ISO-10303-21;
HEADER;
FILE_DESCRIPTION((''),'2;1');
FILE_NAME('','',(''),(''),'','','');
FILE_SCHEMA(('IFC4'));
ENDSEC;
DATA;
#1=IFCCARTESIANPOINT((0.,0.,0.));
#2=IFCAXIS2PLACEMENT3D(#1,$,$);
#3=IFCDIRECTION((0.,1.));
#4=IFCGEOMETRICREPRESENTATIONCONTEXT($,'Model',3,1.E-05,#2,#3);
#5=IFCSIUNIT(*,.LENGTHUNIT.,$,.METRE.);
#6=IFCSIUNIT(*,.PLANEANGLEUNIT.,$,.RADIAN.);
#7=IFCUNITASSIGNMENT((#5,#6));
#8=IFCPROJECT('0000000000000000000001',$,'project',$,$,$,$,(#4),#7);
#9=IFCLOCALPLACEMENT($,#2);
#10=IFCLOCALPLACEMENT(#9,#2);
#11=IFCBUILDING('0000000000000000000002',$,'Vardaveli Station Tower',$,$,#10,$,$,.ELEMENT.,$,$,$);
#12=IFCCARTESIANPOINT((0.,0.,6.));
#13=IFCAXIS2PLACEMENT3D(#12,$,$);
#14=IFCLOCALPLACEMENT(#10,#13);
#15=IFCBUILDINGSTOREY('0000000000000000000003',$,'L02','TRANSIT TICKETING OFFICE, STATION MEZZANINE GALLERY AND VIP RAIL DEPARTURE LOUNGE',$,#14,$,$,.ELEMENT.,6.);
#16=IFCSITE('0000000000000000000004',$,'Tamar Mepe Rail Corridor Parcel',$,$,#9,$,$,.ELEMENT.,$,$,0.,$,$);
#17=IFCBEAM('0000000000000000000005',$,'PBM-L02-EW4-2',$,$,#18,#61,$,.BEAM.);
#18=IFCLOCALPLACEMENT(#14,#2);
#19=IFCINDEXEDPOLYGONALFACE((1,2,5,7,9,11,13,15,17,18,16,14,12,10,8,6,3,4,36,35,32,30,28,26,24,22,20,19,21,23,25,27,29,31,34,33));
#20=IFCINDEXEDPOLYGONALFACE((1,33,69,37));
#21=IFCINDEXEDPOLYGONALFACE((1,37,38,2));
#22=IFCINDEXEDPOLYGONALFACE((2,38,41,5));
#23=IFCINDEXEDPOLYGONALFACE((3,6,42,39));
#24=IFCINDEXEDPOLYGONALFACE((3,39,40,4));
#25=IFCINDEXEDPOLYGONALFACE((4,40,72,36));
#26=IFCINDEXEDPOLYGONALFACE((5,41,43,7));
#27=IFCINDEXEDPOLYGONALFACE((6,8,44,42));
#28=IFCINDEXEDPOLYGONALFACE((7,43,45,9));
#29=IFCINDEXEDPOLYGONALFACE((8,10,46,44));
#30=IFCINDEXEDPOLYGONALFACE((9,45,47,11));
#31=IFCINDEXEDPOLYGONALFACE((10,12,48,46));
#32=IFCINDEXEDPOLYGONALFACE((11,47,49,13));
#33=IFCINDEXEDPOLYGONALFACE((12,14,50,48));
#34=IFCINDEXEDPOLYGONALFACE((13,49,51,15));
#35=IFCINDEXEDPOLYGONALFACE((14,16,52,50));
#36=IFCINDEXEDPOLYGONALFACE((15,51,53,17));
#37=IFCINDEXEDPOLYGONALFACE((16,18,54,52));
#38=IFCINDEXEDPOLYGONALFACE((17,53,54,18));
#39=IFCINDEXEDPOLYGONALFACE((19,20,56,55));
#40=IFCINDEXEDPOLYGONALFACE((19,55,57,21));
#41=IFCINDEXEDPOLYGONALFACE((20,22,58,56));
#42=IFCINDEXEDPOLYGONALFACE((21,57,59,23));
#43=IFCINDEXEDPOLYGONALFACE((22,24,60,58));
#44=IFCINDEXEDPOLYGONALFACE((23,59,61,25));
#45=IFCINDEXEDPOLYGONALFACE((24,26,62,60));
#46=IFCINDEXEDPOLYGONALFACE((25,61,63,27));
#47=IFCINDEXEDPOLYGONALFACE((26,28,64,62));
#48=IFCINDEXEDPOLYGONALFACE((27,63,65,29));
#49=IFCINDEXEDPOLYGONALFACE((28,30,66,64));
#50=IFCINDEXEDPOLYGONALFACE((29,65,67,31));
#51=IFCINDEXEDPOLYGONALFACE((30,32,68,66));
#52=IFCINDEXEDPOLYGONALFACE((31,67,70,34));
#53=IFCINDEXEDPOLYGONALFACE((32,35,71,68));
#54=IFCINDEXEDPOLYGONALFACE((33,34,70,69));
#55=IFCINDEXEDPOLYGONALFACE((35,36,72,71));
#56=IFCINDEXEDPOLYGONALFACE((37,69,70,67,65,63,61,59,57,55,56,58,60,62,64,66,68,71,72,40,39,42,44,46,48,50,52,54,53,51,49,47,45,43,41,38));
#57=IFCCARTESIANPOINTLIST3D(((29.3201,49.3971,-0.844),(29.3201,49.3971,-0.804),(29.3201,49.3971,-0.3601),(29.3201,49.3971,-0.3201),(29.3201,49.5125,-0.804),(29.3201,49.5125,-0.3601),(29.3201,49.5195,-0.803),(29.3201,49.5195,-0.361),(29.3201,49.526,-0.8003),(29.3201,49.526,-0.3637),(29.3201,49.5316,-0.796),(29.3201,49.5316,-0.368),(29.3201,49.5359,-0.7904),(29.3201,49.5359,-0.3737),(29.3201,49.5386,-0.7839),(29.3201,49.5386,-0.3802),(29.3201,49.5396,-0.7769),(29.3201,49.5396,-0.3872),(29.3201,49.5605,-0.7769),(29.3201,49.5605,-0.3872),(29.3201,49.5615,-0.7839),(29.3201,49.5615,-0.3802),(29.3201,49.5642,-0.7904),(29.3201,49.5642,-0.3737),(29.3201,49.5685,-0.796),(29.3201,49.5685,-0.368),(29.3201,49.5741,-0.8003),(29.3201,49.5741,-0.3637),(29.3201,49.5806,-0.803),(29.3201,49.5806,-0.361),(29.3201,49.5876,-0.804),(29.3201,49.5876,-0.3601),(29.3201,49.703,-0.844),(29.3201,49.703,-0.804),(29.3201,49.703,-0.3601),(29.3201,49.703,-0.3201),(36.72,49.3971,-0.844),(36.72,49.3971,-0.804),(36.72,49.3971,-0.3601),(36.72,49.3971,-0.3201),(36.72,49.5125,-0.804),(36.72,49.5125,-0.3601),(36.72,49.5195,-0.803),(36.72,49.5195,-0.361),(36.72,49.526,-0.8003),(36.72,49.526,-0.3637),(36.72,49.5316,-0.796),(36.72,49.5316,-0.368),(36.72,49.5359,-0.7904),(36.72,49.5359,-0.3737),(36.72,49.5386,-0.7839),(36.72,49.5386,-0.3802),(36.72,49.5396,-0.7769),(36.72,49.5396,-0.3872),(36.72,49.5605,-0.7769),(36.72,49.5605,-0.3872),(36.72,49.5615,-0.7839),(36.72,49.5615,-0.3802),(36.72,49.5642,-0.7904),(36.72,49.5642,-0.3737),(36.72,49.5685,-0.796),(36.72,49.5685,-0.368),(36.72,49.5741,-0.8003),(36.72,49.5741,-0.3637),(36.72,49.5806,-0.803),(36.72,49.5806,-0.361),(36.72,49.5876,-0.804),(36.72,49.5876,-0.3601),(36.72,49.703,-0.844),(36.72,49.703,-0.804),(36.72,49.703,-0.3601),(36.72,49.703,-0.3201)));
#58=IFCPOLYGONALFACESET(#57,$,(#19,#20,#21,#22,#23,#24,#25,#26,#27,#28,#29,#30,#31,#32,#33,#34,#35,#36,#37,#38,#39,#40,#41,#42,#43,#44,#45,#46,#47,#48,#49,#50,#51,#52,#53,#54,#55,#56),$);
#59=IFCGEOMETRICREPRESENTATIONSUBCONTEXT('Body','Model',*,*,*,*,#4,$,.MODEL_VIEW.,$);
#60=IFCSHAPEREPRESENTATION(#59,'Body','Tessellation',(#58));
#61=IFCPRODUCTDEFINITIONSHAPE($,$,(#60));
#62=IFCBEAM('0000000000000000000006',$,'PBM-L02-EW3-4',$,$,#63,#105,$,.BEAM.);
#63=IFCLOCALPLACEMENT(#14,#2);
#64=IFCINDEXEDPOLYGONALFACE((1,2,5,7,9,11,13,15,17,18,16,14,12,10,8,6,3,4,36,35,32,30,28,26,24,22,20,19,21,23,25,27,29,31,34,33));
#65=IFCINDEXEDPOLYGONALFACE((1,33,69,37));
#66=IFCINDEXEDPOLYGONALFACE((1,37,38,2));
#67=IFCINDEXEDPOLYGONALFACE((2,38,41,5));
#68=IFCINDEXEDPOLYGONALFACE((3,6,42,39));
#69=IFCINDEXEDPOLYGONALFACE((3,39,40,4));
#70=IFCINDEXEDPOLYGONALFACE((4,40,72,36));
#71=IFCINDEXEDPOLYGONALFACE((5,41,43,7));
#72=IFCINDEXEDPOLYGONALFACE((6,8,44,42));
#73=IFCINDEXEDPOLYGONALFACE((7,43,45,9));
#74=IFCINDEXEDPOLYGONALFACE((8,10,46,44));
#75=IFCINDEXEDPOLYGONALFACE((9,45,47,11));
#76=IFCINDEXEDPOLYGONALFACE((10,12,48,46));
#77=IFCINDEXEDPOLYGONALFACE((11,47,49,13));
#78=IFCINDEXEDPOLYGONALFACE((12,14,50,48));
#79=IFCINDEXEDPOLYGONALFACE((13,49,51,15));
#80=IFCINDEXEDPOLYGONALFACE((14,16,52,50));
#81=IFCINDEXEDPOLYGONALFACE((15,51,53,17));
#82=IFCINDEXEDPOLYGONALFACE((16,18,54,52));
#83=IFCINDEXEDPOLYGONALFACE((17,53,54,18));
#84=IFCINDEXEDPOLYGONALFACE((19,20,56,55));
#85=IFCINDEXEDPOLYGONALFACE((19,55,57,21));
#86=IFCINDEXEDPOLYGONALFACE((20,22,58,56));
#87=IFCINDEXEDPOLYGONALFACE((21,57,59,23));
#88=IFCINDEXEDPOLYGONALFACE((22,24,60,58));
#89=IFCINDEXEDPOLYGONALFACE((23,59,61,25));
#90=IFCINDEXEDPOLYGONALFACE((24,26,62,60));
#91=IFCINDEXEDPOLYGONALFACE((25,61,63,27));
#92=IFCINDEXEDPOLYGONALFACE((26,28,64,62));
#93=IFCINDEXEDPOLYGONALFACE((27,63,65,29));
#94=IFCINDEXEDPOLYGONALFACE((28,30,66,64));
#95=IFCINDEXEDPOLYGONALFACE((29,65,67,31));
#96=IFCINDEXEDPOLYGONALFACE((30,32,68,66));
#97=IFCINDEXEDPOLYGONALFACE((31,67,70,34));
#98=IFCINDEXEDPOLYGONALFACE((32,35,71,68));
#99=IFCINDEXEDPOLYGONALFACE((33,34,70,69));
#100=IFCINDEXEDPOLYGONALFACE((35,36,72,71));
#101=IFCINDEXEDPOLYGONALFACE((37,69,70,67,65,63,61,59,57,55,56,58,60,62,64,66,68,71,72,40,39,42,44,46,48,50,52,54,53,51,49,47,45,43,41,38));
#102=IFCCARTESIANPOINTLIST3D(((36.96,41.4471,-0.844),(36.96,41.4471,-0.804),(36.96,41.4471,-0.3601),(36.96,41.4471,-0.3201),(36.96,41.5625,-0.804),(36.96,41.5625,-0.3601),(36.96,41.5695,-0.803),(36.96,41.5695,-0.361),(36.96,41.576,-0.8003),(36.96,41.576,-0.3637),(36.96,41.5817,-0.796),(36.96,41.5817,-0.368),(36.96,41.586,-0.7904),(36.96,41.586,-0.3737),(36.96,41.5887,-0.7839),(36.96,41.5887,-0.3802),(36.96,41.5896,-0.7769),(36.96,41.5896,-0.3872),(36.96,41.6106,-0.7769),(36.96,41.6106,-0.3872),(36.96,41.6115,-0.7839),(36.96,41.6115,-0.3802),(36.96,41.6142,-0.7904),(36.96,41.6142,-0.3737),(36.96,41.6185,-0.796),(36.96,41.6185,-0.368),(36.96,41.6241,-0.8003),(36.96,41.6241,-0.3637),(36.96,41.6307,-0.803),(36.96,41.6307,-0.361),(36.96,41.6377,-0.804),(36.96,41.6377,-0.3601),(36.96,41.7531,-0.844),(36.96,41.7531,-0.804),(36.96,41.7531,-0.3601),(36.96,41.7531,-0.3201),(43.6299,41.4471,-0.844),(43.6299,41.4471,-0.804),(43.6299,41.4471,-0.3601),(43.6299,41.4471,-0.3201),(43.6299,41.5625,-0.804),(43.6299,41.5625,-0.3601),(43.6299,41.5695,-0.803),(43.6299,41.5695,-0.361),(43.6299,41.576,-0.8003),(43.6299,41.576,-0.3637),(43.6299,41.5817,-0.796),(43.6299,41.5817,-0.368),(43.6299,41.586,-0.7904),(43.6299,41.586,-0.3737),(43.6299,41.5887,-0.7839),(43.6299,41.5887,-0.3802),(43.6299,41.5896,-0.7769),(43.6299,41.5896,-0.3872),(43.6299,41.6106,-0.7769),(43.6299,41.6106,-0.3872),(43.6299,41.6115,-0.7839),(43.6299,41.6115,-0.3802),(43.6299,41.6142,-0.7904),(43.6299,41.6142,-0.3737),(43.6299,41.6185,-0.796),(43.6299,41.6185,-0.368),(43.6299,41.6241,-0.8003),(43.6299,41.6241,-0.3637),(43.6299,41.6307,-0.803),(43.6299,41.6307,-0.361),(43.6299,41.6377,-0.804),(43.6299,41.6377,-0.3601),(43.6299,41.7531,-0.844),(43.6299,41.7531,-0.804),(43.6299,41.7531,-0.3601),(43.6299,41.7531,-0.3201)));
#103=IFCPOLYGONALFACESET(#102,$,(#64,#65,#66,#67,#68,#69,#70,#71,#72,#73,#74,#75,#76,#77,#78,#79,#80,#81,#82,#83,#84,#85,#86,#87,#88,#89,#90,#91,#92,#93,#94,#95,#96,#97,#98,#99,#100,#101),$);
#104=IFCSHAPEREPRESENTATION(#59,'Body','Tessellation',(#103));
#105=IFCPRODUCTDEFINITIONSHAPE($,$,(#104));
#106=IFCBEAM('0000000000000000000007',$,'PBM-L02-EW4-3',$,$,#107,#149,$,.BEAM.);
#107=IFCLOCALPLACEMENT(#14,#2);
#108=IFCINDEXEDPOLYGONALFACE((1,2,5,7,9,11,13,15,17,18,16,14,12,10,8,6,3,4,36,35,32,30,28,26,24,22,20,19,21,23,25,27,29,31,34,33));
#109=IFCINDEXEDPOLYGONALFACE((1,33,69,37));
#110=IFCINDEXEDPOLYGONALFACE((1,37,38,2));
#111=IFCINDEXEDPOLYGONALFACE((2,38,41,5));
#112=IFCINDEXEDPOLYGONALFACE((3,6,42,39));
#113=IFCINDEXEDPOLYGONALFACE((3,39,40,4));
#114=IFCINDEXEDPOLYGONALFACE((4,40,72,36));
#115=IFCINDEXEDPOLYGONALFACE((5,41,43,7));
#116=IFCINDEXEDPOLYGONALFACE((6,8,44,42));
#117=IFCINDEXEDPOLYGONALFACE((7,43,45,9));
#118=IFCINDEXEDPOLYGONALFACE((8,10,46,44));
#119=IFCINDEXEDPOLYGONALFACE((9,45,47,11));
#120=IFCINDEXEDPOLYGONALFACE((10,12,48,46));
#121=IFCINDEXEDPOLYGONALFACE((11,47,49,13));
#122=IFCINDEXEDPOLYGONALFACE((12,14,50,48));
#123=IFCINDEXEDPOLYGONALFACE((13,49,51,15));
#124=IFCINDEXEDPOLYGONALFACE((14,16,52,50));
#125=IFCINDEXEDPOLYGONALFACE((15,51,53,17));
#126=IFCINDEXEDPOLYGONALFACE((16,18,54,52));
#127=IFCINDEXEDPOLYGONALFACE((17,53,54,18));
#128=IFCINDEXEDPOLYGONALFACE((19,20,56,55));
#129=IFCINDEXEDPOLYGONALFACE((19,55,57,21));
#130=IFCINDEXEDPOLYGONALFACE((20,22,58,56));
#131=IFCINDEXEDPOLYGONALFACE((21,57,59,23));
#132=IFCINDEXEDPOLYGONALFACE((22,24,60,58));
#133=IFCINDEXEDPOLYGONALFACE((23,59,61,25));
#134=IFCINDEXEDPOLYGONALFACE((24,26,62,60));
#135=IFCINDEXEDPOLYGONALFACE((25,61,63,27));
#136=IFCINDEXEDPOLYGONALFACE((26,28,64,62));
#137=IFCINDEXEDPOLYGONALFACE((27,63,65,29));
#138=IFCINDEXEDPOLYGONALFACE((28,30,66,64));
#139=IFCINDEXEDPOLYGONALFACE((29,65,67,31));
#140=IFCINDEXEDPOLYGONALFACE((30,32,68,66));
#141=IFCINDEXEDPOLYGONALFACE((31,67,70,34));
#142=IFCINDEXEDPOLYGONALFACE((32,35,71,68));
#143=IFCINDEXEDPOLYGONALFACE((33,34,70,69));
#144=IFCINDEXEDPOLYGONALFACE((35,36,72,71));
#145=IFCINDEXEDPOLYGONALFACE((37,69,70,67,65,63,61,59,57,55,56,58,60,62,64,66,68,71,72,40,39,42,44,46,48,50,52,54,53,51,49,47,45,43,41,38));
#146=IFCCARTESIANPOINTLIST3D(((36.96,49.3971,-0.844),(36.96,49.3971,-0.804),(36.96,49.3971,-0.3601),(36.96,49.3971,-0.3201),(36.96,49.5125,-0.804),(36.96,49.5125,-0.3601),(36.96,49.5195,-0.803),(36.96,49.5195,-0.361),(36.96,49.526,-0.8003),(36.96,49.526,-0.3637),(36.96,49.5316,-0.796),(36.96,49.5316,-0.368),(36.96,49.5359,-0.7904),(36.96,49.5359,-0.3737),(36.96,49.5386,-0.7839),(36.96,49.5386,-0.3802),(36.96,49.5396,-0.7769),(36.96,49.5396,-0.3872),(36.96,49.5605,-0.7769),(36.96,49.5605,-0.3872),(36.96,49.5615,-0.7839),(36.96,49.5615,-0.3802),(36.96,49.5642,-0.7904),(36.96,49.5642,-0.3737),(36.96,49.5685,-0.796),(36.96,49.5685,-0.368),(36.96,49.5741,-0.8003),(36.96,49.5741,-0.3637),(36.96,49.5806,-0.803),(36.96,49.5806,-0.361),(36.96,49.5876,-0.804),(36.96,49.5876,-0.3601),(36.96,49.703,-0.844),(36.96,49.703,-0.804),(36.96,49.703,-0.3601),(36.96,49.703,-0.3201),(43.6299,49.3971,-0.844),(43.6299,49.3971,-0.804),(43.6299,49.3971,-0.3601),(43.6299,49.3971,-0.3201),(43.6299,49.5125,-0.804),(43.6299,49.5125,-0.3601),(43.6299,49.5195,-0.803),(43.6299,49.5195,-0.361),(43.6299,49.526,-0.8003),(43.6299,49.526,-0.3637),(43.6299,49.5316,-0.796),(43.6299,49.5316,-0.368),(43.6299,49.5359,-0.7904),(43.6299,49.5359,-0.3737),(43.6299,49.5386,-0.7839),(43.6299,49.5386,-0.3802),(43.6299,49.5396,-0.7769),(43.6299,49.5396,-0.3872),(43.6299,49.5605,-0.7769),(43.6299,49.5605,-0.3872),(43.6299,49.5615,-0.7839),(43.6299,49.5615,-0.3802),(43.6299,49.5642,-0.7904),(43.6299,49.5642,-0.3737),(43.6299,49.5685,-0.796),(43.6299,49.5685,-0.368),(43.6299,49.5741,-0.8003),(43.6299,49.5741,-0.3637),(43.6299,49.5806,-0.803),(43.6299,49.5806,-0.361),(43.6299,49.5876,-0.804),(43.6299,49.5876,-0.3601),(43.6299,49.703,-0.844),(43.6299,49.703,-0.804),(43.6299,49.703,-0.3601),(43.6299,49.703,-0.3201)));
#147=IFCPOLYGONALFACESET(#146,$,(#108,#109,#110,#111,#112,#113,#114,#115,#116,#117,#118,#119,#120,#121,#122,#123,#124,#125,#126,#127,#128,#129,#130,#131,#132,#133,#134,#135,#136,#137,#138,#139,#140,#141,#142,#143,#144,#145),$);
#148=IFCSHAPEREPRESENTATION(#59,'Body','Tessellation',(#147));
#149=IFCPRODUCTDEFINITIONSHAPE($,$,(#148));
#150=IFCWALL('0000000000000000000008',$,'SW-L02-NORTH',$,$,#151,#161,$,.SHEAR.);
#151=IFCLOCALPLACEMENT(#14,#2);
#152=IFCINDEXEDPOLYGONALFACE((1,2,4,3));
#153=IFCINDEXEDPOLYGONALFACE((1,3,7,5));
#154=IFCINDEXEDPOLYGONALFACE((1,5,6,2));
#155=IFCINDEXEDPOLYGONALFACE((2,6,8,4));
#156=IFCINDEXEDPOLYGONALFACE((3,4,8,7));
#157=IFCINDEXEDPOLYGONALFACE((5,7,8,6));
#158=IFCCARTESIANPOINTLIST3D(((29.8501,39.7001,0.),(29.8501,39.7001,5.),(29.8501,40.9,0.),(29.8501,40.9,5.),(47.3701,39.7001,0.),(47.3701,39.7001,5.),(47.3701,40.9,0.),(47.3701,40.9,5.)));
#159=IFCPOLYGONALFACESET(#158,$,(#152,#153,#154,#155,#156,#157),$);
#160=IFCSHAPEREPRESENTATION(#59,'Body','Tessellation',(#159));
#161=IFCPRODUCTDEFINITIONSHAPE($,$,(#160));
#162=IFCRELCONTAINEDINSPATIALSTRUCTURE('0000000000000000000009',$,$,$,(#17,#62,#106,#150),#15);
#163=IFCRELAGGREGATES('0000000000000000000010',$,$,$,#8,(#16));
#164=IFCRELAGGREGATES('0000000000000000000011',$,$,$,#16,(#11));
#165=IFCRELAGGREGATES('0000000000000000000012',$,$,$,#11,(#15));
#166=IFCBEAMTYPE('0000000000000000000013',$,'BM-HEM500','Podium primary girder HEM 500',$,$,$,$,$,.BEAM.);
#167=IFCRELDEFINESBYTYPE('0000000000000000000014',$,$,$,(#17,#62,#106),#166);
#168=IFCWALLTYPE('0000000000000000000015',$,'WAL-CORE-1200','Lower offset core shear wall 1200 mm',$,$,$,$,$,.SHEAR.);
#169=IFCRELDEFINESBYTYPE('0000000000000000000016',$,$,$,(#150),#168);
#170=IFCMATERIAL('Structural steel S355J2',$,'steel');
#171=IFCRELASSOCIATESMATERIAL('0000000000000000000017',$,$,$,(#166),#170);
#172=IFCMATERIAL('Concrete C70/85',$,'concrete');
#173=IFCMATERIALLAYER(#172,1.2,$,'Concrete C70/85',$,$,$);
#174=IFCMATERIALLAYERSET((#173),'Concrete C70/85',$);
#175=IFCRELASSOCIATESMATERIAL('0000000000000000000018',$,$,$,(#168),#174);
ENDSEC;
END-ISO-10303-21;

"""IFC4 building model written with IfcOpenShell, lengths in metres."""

from ifc_helpers import new_model, si_unit, direction, frame, frame_2d, origin, origin_2d, place, context, subcontext, project, spatial, rectangle, i_section, extrude, source, transform, mapped, material, layer, layer_set, material_profile, profile_set, type_object, element, save


model = new_model("IFC4")

# Units and contexts
model_context = context("Model", 3, precision=1e-05, world=origin(), true_north=direction((0.0, 1.0)))
body_context = subcontext(model_context, "Body", "Model", "MODEL_VIEW")
ifc_project = project(units=[si_unit("LENGTHUNIT", "METRE"), si_unit("PLANEANGLEUNIT", "RADIAN")], contexts=[model_context])

# Site, building, storey
site_placement = place(None, origin())
site = spatial("IfcSite", under=ifc_project, at=site_placement, Name="Tamar Mepe Rail Corridor Parcel", CompositionType="ELEMENT", RefElevation=0.0)
building_placement = place(site_placement, origin())
building = spatial("IfcBuilding", under=site, at=building_placement, Name="Vardaveli Station Tower", CompositionType="ELEMENT")
storey_placement = place(building_placement, frame((0.0, 0.0, 6.0)))
storey = spatial("IfcBuildingStorey", under=building, at=storey_placement, Name="L02", Description="TRANSIT TICKETING OFFICE, STATION MEZZANINE GALLERY AND VIP RAIL DEPARTURE LOUNGE", CompositionType="ELEMENT", Elevation=6.0)

# Shared definitions
ifc_material_1 = material(Name="Concrete C70/85", Category="concrete")

# Beams
ifc_material_2 = material(Name="Structural steel S355J2", Category="steel")
ifc_material_profile_1 = material_profile(ifc_material_2, i_section(OverallWidth=0.3059, OverallDepth=0.5239, WebThickness=0.021, FlangeThickness=0.04, FilletRadius=0.0271, at=origin_2d()), Name="HEM 500")
ifc_profile_set_1 = profile_set([ifc_material_profile_1], Name="Structural steel S355J2")
beam_type = type_object("IfcBeamType", Name="BM-HEM500", Description="Podium primary girder HEM 500", PredefinedType="BEAM", material=ifc_profile_set_1)
shared_shape_1 = source(origin(), body_context, "Body", "SweptSolid", [
    extrude(i_section(OverallWidth=0.3059, OverallDepth=0.5239, WebThickness=0.021, FlangeThickness=0.04, FilletRadius=0.0271, at=origin_2d()), origin(), (0.0, 0.0, 1.0), 7.3999),
])
for number, where, z_axis, x_axis, name in (
    (1, (29.3201, 49.55, -0.582), (1.0, 0.0, 0.0), (0.0, 1.0, 0.0), "PBM-L02-EW4-2"),
):
    element("IfcBeam", number, at=place(storey_placement, frame(where, z_axis=z_axis, x_axis=x_axis)), inside=storey, type_object=beam_type, Name=name, PredefinedType="BEAM", context=body_context, shape_type="MappedRepresentation", body=[
        mapped(shared_shape_1, transform((0.0, 0.0, 0.0), scale=1.0)),
    ])
shared_shape_2 = source(origin(), body_context, "Body", "SweptSolid", [
    extrude(i_section(OverallWidth=0.3059, OverallDepth=0.5239, WebThickness=0.021, FlangeThickness=0.04, FilletRadius=0.0271, at=origin_2d()), origin(), (0.0, 0.0, 1.0), 6.6699),
])
for number, where, z_axis, x_axis, name in (
    (2, (36.96, 41.6001, -0.582), (1.0, 0.0, 0.0), (0.0, 1.0, 0.0), "PBM-L02-EW3-4"),
    (3, (36.96, 49.55, -0.582), (1.0, 0.0, 0.0), (0.0, 1.0, 0.0), "PBM-L02-EW4-3"),
):
    element("IfcBeam", number, at=place(storey_placement, frame(where, z_axis=z_axis, x_axis=x_axis)), inside=storey, type_object=beam_type, Name=name, PredefinedType="BEAM", context=body_context, shape_type="MappedRepresentation", body=[
        mapped(shared_shape_2, transform((0.0, 0.0, 0.0), scale=1.0)),
    ])

# Wall
ifc_layer_1 = layer(ifc_material_1, 1.2, Name="Concrete C70/85")
ifc_layer_set_1 = layer_set([ifc_layer_1], Name="Concrete C70/85")
wall_type_1 = type_object("IfcWallType", Name="WAL-CORE-1200", Description="Lower offset core shear wall 1200 mm", PredefinedType="SHEAR", material=ifc_layer_set_1)
shared_shape_3 = source(origin(), body_context, "Body", "SweptSolid", [
    extrude(rectangle(XDim=17.52, YDim=1.2, at=frame_2d((8.76, 0.0))), origin(), (0.0, 0.0, 1.0), 5.0),
])
wall_1_placement = place(storey_placement, frame((29.8501, 40.3, 0.0), z_axis=(0.0, 0.0, 1.0), x_axis=(1.0, 0.0, 0.0)))
element("IfcWall", 4, at=wall_1_placement, inside=storey, type_object=wall_type_1, Name="SW-L02-NORTH", PredefinedType="SHEAR", context=body_context, shape_type="MappedRepresentation", body=[
    mapped(shared_shape_3, transform((0.0, 0.0, 0.0), scale=1.0)),
])

save(model, "model.ifc")
